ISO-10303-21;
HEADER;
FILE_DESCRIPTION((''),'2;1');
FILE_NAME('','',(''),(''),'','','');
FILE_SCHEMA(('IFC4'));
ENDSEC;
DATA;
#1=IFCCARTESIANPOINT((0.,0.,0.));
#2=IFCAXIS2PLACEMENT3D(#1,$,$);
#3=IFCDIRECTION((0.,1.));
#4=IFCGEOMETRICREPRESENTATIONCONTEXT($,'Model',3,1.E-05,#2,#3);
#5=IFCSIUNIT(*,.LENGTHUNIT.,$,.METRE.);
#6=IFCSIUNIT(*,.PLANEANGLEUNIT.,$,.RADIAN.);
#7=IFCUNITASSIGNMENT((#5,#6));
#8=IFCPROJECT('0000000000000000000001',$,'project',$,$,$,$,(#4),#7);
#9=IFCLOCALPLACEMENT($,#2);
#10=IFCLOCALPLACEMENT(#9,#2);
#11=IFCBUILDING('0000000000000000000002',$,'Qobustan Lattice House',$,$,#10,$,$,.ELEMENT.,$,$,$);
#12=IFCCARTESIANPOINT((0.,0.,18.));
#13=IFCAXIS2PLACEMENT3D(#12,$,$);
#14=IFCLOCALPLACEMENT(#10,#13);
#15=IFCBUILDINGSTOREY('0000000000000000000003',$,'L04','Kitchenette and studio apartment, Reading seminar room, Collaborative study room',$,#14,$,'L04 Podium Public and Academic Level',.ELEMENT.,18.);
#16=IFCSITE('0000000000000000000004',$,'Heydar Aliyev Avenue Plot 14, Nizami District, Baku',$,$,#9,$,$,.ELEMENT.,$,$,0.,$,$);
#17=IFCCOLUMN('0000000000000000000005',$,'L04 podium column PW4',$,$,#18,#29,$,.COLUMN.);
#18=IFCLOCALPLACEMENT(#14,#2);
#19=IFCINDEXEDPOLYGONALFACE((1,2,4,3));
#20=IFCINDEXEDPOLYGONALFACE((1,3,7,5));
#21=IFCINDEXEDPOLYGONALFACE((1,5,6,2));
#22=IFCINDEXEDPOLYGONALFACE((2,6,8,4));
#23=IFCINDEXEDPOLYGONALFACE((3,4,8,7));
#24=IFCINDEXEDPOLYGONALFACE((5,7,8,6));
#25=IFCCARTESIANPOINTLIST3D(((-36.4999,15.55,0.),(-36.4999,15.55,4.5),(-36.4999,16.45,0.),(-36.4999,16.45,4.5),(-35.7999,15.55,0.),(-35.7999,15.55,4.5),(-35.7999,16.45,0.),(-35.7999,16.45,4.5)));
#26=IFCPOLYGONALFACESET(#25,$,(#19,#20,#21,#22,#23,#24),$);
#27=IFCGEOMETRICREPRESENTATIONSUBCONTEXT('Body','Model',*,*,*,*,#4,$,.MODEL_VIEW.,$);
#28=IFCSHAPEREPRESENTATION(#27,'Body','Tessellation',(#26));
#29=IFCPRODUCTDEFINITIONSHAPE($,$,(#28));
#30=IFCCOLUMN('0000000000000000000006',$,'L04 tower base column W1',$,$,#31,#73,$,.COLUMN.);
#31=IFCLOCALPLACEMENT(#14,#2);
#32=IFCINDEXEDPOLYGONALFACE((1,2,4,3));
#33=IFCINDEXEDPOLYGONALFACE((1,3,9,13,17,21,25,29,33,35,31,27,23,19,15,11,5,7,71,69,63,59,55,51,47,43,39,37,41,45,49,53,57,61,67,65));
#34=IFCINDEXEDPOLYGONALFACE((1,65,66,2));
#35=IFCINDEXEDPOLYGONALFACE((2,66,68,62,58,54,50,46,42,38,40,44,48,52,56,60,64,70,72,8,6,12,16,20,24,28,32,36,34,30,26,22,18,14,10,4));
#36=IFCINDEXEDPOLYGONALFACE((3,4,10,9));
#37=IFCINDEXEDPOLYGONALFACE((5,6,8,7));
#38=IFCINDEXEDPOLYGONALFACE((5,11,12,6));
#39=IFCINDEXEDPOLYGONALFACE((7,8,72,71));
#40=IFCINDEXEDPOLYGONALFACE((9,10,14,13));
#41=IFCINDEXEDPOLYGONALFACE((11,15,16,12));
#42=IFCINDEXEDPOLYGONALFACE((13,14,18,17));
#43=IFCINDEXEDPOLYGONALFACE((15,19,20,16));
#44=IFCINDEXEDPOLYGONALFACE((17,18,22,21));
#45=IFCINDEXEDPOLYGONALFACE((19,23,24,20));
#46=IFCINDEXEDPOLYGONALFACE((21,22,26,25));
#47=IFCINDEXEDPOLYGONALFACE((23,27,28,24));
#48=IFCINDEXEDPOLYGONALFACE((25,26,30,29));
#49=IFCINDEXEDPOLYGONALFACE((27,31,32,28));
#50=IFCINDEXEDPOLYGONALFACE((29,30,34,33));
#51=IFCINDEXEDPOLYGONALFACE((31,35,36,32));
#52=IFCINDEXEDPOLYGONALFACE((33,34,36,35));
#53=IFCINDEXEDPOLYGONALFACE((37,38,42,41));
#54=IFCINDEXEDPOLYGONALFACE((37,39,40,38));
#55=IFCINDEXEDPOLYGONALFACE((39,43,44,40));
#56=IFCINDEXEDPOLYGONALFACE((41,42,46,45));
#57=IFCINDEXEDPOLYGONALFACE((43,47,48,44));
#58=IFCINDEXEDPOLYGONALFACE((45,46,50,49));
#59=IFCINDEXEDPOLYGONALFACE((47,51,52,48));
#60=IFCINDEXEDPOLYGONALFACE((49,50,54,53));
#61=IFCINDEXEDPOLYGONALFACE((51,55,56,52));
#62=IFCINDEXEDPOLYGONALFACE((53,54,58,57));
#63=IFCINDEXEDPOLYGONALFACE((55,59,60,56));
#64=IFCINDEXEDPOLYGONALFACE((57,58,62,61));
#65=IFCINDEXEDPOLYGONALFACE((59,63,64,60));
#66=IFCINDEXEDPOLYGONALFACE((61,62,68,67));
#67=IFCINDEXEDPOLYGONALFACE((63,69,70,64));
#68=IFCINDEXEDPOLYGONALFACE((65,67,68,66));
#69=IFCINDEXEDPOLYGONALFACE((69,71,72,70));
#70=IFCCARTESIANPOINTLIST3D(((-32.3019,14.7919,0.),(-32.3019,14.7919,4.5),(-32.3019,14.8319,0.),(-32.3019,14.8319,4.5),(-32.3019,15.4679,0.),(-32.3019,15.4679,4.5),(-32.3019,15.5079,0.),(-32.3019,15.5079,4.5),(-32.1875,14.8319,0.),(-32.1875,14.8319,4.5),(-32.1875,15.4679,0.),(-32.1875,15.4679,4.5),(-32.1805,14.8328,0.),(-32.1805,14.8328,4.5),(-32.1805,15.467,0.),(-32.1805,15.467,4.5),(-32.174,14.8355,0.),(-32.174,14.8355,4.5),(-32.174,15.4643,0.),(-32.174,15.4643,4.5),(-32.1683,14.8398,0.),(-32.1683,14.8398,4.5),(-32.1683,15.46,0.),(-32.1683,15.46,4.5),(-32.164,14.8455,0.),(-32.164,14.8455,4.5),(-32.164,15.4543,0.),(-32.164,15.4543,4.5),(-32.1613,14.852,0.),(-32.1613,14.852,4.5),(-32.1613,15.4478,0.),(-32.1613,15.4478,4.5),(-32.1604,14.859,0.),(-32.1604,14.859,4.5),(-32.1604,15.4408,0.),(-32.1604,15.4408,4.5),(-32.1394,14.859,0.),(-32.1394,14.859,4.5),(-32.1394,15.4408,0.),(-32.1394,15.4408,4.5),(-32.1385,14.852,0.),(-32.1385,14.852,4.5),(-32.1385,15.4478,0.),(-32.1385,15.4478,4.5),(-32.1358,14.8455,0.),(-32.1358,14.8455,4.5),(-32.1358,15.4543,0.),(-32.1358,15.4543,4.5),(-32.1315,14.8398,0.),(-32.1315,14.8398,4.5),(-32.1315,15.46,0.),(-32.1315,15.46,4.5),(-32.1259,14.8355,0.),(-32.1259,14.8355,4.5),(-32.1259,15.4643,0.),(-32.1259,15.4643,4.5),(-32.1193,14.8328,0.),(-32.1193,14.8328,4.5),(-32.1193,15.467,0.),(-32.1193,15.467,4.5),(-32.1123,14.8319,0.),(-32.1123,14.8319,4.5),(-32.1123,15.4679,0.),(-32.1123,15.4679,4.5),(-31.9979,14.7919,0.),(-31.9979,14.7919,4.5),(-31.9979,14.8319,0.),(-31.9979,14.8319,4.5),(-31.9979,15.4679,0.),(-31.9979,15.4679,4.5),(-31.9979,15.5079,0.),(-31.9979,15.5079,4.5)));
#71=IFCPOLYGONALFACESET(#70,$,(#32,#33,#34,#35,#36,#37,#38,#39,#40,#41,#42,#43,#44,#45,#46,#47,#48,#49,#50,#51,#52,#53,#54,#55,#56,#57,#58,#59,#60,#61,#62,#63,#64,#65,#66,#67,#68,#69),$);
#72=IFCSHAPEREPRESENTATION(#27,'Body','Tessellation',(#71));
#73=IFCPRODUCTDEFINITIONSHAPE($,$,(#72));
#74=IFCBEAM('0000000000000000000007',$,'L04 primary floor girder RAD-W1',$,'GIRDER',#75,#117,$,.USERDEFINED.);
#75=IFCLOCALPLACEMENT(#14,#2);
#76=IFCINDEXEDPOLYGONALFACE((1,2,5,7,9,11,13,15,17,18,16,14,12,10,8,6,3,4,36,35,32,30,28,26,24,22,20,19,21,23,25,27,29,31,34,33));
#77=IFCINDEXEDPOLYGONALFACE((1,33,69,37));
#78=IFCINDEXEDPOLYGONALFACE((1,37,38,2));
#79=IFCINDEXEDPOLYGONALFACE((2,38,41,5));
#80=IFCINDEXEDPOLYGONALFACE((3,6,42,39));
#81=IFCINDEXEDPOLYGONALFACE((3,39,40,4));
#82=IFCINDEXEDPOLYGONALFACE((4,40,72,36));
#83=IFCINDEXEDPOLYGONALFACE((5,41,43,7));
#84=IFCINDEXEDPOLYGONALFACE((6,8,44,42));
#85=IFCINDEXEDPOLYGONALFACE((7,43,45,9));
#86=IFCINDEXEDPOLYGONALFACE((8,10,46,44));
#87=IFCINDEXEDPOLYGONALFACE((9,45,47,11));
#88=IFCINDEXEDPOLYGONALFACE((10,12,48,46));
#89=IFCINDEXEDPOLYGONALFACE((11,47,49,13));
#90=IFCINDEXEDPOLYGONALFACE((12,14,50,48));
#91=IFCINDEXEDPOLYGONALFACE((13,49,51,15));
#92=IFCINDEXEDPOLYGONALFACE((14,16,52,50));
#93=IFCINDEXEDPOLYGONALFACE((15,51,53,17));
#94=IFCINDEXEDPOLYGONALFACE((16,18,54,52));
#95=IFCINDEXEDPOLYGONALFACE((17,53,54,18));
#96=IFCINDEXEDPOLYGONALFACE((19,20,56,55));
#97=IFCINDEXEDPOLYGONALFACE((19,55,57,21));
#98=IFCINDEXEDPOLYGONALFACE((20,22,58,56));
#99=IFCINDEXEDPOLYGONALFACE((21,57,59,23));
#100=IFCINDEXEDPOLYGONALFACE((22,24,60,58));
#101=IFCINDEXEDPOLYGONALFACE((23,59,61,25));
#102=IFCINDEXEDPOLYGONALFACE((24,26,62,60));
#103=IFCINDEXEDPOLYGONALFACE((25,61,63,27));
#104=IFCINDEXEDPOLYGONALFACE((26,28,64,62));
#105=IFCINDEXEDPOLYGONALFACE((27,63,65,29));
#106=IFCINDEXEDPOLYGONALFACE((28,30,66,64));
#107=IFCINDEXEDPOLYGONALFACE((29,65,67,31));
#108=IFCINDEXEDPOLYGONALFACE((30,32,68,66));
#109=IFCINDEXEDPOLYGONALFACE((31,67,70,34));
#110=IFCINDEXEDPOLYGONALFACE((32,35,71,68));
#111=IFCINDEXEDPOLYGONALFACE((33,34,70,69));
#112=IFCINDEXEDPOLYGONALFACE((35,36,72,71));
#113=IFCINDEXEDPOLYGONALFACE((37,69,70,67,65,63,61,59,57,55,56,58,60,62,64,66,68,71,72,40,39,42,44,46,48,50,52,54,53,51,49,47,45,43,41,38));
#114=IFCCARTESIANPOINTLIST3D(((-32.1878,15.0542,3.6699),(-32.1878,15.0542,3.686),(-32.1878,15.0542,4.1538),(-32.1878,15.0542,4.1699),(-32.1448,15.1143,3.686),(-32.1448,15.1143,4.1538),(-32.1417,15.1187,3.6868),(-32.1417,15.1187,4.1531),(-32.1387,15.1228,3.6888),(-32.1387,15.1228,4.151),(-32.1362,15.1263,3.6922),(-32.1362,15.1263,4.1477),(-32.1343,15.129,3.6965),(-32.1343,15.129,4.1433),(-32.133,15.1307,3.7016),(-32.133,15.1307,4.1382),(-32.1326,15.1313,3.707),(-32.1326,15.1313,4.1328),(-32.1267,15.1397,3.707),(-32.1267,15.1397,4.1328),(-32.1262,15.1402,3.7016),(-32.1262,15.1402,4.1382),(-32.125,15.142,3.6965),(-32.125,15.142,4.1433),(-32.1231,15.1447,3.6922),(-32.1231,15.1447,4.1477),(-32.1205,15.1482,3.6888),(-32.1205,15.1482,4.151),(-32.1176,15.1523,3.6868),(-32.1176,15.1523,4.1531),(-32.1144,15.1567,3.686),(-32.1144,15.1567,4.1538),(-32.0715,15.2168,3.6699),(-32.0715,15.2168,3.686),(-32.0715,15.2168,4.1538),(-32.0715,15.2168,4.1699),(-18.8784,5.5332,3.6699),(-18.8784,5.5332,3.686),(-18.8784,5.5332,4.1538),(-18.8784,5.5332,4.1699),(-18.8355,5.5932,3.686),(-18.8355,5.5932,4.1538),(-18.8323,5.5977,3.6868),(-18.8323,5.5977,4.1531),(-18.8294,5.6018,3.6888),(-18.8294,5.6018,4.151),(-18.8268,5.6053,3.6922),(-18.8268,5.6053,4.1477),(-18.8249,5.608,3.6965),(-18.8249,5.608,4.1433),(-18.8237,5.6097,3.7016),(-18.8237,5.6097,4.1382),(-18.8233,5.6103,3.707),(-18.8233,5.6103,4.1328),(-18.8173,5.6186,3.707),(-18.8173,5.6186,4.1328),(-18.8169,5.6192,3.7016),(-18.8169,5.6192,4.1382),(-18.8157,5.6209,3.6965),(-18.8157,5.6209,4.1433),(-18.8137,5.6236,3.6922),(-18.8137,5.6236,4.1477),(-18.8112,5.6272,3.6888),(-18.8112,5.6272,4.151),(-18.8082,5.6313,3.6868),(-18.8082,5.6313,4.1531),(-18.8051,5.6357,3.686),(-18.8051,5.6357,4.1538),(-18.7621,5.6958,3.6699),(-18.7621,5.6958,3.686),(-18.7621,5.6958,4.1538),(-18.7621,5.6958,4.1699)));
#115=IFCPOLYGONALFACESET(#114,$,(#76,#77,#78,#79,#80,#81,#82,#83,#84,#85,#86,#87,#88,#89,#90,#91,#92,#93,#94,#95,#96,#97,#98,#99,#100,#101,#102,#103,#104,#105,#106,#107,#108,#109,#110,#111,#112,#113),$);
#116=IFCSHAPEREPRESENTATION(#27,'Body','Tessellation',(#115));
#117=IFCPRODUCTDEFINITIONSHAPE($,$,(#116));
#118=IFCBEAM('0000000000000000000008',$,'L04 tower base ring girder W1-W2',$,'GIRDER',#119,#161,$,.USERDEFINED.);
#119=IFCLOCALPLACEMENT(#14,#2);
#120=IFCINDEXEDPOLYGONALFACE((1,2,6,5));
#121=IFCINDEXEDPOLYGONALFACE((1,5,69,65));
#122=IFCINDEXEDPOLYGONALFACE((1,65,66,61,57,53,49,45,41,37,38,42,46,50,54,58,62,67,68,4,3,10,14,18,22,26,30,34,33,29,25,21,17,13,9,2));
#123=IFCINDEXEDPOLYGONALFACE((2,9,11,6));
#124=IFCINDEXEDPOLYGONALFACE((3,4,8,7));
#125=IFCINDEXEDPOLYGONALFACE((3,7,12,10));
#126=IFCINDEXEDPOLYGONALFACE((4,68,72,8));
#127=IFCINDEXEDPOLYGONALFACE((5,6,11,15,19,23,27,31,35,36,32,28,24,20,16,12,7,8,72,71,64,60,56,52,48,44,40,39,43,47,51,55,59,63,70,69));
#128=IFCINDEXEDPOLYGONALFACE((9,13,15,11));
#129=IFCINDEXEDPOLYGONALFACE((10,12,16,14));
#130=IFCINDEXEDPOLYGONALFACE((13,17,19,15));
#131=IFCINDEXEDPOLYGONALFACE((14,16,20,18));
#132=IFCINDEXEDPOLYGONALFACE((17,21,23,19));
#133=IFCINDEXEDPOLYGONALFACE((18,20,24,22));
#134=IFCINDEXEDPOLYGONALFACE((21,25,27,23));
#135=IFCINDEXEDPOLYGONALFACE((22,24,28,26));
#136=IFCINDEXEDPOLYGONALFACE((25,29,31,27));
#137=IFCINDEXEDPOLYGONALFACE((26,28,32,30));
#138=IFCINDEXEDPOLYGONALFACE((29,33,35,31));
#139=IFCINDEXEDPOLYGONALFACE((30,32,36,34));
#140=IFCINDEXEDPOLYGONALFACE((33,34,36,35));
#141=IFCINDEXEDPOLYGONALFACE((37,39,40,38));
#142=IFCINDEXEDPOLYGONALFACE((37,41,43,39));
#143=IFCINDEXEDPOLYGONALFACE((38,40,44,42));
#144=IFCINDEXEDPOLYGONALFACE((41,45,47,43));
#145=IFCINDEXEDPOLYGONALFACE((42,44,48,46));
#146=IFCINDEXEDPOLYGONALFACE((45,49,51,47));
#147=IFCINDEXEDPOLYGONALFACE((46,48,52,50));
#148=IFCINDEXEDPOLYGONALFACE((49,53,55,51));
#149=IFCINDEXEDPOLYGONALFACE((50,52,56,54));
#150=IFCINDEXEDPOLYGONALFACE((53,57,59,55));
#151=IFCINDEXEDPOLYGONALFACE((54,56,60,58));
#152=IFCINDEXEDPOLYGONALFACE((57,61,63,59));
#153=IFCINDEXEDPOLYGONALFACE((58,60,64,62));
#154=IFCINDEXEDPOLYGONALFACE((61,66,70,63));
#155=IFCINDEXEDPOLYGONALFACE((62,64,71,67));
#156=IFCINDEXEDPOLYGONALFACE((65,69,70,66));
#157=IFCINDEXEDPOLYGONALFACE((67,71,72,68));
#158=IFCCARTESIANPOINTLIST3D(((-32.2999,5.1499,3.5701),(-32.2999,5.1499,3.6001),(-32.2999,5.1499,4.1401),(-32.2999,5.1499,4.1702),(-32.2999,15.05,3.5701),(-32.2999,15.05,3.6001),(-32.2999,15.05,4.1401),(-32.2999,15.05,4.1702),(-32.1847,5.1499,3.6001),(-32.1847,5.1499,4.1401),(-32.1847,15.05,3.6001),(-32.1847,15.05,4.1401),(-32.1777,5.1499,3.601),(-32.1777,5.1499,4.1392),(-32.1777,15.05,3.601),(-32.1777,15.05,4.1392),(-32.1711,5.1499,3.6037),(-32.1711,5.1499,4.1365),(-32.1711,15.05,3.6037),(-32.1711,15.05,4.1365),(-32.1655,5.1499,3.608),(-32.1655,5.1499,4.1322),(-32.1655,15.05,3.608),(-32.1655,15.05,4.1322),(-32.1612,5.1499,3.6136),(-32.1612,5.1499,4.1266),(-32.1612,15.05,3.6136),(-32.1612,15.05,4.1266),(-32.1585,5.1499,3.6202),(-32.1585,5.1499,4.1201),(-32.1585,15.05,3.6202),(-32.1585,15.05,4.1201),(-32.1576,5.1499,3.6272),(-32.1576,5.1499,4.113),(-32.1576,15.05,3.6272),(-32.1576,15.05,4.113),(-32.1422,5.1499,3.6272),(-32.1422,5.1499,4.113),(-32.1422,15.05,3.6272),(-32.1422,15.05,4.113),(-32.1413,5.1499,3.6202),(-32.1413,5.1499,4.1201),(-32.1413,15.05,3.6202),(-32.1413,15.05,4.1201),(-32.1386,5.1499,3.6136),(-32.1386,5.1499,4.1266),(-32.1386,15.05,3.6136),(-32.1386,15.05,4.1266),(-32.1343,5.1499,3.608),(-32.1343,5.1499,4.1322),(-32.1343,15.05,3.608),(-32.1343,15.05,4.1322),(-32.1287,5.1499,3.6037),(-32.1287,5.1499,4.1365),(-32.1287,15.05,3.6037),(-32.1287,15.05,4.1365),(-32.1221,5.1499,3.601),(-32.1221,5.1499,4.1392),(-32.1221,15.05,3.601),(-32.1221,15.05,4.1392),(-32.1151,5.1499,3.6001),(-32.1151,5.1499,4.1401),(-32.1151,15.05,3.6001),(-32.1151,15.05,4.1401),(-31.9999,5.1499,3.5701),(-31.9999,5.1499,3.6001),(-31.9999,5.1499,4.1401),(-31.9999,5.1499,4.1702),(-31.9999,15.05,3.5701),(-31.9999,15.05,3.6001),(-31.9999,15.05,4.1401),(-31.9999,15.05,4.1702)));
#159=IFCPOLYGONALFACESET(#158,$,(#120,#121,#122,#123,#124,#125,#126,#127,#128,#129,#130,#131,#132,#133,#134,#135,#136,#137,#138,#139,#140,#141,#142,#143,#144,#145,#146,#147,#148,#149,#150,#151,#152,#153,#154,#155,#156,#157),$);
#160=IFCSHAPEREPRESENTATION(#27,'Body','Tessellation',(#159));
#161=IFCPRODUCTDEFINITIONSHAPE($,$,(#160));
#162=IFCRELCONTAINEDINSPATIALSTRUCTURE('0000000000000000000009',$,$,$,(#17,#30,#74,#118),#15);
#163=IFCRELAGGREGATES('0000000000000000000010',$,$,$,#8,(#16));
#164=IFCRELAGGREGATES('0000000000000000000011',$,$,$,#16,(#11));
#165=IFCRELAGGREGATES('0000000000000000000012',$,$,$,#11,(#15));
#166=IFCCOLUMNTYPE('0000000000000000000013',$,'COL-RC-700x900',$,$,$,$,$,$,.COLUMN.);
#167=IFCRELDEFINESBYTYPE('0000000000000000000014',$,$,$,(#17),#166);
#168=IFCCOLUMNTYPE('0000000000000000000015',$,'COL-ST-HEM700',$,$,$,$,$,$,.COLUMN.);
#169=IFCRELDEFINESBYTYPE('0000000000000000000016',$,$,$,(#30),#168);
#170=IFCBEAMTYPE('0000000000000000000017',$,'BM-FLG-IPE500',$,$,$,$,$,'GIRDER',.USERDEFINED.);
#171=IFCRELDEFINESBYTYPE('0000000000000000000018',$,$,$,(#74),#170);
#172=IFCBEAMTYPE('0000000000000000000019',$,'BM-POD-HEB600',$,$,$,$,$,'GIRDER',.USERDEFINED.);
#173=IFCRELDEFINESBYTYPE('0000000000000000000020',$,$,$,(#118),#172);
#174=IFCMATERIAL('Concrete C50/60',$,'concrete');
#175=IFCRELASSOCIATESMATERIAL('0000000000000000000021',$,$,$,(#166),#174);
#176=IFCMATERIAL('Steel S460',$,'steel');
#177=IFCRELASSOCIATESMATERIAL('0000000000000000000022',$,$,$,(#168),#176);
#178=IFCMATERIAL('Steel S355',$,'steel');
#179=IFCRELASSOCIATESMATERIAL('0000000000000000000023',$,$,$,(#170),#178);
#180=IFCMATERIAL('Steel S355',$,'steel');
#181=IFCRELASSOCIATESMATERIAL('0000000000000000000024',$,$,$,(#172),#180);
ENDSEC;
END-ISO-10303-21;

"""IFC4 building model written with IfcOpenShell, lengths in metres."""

from ifc_helpers import new_model, si_unit, direction, frame, origin, origin_2d, place, context, subcontext, project, spatial, rectangle, i_section, extrude, material, material_profile, profile_set, type_object, element, save


model = new_model("IFC4")

# Units and contexts
model_context = context("Model", 3, precision=1e-05, world=origin(), true_north=direction((0.0, 1.0)))
body_context = subcontext(model_context, "Body", "Model", "MODEL_VIEW")
ifc_project = project(units=[si_unit("LENGTHUNIT", "METRE"), si_unit("PLANEANGLEUNIT", "RADIAN")], contexts=[model_context])

# Site, building, storey
site_placement = place(None, origin())
site = spatial("IfcSite", under=ifc_project, at=site_placement, Name="Heydar Aliyev Avenue Plot 14, Nizami District, Baku", CompositionType="ELEMENT", RefElevation=0.0)
building_placement = place(site_placement, origin())
building = spatial("IfcBuilding", under=site, at=building_placement, Name="Qobustan Lattice House", CompositionType="ELEMENT")
storey_placement = place(building_placement, frame((0.0, 0.0, 18.0)))
storey = spatial("IfcBuildingStorey", under=building, at=storey_placement, Name="L04", Description="Kitchenette and studio apartment, Reading seminar room, Collaborative study room", LongName="L04 Podium Public and Academic Level", CompositionType="ELEMENT", Elevation=18.0)

# Columns
ifc_material_1 = material(Name="Concrete C50/60", Category="concrete")
ifc_material_profile_1 = material_profile(ifc_material_1, rectangle(XDim=0.7, YDim=0.8999, at=origin_2d()), Name="RC700x900")
ifc_profile_set_1 = profile_set([ifc_material_profile_1], Name="Concrete C50/60")
column_type_1 = type_object("IfcColumnType", Name="COL-RC-700x900", PredefinedType="COLUMN", material=ifc_profile_set_1)
column_1_placement = place(storey_placement, frame((-36.1499, 16.0, 0.0), z_axis=(0.0, 0.0, 1.0), x_axis=(1.0, 0.0, 0.0)))
element("IfcColumn", 1, at=column_1_placement, inside=storey, type_object=column_type_1, Name="L04 podium column PW4", PredefinedType="COLUMN", context=body_context, shape_type="SweptSolid", body=[
    extrude(rectangle(XDim=0.7, YDim=0.8999, at=origin_2d()), origin(), (0.0, 0.0, 1.0), 4.5),
])
ifc_material_2 = material(Name="Steel S460", Category="steel")
ifc_material_profile_2 = material_profile(ifc_material_2, i_section(OverallWidth=0.304, OverallDepth=0.7161, WebThickness=0.021, FlangeThickness=0.04, FilletRadius=0.0271, at=origin_2d()), Name="HEM700")
ifc_profile_set_2 = profile_set([ifc_material_profile_2], Name="Steel S460")
column_type_2 = type_object("IfcColumnType", Name="COL-ST-HEM700", PredefinedType="COLUMN", material=ifc_profile_set_2)
column_2_placement = place(storey_placement, frame((-32.1499, 15.1499, 0.0), z_axis=(0.0, 0.0, 1.0), x_axis=(1.0, 0.0, 0.0)))
element("IfcColumn", 2, at=column_2_placement, inside=storey, type_object=column_type_2, Name="L04 tower base column W1", PredefinedType="COLUMN", context=body_context, shape_type="SweptSolid", body=[
    extrude(i_section(OverallWidth=0.304, OverallDepth=0.7161, WebThickness=0.021, FlangeThickness=0.04, FilletRadius=0.0271, at=origin_2d()), origin(), (0.0, 0.0, 1.0), 4.5),
])

# Beams
ifc_material_3 = material(Name="Steel S355", Category="steel")
ifc_material_profile_3 = material_profile(ifc_material_3, i_section(OverallWidth=0.2, OverallDepth=0.5, WebThickness=0.0103, FlangeThickness=0.0161, FilletRadius=0.021, at=origin_2d()), Name="IPE500")
ifc_profile_set_3 = profile_set([ifc_material_profile_3], Name="Steel S355")
beam_type_1 = type_object("IfcBeamType", Name="BM-FLG-IPE500", ElementType="GIRDER", PredefinedType="USERDEFINED", material=ifc_profile_set_3)
beam_1_placement = place(storey_placement, frame((-32.1296, 15.1355, 3.9199), z_axis=(0.813319, -0.581818, 0.0), x_axis=(0.581818, 0.813319, 0.0)))
element("IfcBeam", 3, at=beam_1_placement, inside=storey, type_object=beam_type_1, Name="L04 primary floor girder RAD-W1", ObjectType="GIRDER", PredefinedType="USERDEFINED", context=body_context, shape_type="SweptSolid", body=[
    extrude(i_section(OverallWidth=0.2, OverallDepth=0.5, WebThickness=0.0103, FlangeThickness=0.0161, FilletRadius=0.021, at=origin_2d()), origin(), (0.0, 0.0, 1.0), 16.3643),
])
ifc_material_4 = material(Name="Steel S355", Category="steel")
ifc_material_profile_4 = material_profile(ifc_material_4, i_section(OverallWidth=0.3, OverallDepth=0.6001, WebThickness=0.0154, FlangeThickness=0.03, FilletRadius=0.0271, at=origin_2d()), Name="HEB600")
ifc_profile_set_4 = profile_set([ifc_material_profile_4], Name="Steel S355")
beam_type_2 = type_object("IfcBeamType", Name="BM-POD-HEB600", ElementType="GIRDER", PredefinedType="USERDEFINED", material=ifc_profile_set_4)
beam_2_placement = place(storey_placement, frame((-32.1499, 15.05, 3.8701), z_axis=(0.0, -1.0, 0.0), x_axis=(1.0, 0.0, 0.0)))
element("IfcBeam", 4, at=beam_2_placement, inside=storey, type_object=beam_type_2, Name="L04 tower base ring girder W1-W2", ObjectType="GIRDER", PredefinedType="USERDEFINED", context=body_context, shape_type="SweptSolid", body=[
    extrude(i_section(OverallWidth=0.3, OverallDepth=0.6001, WebThickness=0.0154, FlangeThickness=0.03, FilletRadius=0.0271, at=origin_2d()), origin(), (0.0, 0.0, 1.0), 9.9001),
])

save(model, "model.ifc")
